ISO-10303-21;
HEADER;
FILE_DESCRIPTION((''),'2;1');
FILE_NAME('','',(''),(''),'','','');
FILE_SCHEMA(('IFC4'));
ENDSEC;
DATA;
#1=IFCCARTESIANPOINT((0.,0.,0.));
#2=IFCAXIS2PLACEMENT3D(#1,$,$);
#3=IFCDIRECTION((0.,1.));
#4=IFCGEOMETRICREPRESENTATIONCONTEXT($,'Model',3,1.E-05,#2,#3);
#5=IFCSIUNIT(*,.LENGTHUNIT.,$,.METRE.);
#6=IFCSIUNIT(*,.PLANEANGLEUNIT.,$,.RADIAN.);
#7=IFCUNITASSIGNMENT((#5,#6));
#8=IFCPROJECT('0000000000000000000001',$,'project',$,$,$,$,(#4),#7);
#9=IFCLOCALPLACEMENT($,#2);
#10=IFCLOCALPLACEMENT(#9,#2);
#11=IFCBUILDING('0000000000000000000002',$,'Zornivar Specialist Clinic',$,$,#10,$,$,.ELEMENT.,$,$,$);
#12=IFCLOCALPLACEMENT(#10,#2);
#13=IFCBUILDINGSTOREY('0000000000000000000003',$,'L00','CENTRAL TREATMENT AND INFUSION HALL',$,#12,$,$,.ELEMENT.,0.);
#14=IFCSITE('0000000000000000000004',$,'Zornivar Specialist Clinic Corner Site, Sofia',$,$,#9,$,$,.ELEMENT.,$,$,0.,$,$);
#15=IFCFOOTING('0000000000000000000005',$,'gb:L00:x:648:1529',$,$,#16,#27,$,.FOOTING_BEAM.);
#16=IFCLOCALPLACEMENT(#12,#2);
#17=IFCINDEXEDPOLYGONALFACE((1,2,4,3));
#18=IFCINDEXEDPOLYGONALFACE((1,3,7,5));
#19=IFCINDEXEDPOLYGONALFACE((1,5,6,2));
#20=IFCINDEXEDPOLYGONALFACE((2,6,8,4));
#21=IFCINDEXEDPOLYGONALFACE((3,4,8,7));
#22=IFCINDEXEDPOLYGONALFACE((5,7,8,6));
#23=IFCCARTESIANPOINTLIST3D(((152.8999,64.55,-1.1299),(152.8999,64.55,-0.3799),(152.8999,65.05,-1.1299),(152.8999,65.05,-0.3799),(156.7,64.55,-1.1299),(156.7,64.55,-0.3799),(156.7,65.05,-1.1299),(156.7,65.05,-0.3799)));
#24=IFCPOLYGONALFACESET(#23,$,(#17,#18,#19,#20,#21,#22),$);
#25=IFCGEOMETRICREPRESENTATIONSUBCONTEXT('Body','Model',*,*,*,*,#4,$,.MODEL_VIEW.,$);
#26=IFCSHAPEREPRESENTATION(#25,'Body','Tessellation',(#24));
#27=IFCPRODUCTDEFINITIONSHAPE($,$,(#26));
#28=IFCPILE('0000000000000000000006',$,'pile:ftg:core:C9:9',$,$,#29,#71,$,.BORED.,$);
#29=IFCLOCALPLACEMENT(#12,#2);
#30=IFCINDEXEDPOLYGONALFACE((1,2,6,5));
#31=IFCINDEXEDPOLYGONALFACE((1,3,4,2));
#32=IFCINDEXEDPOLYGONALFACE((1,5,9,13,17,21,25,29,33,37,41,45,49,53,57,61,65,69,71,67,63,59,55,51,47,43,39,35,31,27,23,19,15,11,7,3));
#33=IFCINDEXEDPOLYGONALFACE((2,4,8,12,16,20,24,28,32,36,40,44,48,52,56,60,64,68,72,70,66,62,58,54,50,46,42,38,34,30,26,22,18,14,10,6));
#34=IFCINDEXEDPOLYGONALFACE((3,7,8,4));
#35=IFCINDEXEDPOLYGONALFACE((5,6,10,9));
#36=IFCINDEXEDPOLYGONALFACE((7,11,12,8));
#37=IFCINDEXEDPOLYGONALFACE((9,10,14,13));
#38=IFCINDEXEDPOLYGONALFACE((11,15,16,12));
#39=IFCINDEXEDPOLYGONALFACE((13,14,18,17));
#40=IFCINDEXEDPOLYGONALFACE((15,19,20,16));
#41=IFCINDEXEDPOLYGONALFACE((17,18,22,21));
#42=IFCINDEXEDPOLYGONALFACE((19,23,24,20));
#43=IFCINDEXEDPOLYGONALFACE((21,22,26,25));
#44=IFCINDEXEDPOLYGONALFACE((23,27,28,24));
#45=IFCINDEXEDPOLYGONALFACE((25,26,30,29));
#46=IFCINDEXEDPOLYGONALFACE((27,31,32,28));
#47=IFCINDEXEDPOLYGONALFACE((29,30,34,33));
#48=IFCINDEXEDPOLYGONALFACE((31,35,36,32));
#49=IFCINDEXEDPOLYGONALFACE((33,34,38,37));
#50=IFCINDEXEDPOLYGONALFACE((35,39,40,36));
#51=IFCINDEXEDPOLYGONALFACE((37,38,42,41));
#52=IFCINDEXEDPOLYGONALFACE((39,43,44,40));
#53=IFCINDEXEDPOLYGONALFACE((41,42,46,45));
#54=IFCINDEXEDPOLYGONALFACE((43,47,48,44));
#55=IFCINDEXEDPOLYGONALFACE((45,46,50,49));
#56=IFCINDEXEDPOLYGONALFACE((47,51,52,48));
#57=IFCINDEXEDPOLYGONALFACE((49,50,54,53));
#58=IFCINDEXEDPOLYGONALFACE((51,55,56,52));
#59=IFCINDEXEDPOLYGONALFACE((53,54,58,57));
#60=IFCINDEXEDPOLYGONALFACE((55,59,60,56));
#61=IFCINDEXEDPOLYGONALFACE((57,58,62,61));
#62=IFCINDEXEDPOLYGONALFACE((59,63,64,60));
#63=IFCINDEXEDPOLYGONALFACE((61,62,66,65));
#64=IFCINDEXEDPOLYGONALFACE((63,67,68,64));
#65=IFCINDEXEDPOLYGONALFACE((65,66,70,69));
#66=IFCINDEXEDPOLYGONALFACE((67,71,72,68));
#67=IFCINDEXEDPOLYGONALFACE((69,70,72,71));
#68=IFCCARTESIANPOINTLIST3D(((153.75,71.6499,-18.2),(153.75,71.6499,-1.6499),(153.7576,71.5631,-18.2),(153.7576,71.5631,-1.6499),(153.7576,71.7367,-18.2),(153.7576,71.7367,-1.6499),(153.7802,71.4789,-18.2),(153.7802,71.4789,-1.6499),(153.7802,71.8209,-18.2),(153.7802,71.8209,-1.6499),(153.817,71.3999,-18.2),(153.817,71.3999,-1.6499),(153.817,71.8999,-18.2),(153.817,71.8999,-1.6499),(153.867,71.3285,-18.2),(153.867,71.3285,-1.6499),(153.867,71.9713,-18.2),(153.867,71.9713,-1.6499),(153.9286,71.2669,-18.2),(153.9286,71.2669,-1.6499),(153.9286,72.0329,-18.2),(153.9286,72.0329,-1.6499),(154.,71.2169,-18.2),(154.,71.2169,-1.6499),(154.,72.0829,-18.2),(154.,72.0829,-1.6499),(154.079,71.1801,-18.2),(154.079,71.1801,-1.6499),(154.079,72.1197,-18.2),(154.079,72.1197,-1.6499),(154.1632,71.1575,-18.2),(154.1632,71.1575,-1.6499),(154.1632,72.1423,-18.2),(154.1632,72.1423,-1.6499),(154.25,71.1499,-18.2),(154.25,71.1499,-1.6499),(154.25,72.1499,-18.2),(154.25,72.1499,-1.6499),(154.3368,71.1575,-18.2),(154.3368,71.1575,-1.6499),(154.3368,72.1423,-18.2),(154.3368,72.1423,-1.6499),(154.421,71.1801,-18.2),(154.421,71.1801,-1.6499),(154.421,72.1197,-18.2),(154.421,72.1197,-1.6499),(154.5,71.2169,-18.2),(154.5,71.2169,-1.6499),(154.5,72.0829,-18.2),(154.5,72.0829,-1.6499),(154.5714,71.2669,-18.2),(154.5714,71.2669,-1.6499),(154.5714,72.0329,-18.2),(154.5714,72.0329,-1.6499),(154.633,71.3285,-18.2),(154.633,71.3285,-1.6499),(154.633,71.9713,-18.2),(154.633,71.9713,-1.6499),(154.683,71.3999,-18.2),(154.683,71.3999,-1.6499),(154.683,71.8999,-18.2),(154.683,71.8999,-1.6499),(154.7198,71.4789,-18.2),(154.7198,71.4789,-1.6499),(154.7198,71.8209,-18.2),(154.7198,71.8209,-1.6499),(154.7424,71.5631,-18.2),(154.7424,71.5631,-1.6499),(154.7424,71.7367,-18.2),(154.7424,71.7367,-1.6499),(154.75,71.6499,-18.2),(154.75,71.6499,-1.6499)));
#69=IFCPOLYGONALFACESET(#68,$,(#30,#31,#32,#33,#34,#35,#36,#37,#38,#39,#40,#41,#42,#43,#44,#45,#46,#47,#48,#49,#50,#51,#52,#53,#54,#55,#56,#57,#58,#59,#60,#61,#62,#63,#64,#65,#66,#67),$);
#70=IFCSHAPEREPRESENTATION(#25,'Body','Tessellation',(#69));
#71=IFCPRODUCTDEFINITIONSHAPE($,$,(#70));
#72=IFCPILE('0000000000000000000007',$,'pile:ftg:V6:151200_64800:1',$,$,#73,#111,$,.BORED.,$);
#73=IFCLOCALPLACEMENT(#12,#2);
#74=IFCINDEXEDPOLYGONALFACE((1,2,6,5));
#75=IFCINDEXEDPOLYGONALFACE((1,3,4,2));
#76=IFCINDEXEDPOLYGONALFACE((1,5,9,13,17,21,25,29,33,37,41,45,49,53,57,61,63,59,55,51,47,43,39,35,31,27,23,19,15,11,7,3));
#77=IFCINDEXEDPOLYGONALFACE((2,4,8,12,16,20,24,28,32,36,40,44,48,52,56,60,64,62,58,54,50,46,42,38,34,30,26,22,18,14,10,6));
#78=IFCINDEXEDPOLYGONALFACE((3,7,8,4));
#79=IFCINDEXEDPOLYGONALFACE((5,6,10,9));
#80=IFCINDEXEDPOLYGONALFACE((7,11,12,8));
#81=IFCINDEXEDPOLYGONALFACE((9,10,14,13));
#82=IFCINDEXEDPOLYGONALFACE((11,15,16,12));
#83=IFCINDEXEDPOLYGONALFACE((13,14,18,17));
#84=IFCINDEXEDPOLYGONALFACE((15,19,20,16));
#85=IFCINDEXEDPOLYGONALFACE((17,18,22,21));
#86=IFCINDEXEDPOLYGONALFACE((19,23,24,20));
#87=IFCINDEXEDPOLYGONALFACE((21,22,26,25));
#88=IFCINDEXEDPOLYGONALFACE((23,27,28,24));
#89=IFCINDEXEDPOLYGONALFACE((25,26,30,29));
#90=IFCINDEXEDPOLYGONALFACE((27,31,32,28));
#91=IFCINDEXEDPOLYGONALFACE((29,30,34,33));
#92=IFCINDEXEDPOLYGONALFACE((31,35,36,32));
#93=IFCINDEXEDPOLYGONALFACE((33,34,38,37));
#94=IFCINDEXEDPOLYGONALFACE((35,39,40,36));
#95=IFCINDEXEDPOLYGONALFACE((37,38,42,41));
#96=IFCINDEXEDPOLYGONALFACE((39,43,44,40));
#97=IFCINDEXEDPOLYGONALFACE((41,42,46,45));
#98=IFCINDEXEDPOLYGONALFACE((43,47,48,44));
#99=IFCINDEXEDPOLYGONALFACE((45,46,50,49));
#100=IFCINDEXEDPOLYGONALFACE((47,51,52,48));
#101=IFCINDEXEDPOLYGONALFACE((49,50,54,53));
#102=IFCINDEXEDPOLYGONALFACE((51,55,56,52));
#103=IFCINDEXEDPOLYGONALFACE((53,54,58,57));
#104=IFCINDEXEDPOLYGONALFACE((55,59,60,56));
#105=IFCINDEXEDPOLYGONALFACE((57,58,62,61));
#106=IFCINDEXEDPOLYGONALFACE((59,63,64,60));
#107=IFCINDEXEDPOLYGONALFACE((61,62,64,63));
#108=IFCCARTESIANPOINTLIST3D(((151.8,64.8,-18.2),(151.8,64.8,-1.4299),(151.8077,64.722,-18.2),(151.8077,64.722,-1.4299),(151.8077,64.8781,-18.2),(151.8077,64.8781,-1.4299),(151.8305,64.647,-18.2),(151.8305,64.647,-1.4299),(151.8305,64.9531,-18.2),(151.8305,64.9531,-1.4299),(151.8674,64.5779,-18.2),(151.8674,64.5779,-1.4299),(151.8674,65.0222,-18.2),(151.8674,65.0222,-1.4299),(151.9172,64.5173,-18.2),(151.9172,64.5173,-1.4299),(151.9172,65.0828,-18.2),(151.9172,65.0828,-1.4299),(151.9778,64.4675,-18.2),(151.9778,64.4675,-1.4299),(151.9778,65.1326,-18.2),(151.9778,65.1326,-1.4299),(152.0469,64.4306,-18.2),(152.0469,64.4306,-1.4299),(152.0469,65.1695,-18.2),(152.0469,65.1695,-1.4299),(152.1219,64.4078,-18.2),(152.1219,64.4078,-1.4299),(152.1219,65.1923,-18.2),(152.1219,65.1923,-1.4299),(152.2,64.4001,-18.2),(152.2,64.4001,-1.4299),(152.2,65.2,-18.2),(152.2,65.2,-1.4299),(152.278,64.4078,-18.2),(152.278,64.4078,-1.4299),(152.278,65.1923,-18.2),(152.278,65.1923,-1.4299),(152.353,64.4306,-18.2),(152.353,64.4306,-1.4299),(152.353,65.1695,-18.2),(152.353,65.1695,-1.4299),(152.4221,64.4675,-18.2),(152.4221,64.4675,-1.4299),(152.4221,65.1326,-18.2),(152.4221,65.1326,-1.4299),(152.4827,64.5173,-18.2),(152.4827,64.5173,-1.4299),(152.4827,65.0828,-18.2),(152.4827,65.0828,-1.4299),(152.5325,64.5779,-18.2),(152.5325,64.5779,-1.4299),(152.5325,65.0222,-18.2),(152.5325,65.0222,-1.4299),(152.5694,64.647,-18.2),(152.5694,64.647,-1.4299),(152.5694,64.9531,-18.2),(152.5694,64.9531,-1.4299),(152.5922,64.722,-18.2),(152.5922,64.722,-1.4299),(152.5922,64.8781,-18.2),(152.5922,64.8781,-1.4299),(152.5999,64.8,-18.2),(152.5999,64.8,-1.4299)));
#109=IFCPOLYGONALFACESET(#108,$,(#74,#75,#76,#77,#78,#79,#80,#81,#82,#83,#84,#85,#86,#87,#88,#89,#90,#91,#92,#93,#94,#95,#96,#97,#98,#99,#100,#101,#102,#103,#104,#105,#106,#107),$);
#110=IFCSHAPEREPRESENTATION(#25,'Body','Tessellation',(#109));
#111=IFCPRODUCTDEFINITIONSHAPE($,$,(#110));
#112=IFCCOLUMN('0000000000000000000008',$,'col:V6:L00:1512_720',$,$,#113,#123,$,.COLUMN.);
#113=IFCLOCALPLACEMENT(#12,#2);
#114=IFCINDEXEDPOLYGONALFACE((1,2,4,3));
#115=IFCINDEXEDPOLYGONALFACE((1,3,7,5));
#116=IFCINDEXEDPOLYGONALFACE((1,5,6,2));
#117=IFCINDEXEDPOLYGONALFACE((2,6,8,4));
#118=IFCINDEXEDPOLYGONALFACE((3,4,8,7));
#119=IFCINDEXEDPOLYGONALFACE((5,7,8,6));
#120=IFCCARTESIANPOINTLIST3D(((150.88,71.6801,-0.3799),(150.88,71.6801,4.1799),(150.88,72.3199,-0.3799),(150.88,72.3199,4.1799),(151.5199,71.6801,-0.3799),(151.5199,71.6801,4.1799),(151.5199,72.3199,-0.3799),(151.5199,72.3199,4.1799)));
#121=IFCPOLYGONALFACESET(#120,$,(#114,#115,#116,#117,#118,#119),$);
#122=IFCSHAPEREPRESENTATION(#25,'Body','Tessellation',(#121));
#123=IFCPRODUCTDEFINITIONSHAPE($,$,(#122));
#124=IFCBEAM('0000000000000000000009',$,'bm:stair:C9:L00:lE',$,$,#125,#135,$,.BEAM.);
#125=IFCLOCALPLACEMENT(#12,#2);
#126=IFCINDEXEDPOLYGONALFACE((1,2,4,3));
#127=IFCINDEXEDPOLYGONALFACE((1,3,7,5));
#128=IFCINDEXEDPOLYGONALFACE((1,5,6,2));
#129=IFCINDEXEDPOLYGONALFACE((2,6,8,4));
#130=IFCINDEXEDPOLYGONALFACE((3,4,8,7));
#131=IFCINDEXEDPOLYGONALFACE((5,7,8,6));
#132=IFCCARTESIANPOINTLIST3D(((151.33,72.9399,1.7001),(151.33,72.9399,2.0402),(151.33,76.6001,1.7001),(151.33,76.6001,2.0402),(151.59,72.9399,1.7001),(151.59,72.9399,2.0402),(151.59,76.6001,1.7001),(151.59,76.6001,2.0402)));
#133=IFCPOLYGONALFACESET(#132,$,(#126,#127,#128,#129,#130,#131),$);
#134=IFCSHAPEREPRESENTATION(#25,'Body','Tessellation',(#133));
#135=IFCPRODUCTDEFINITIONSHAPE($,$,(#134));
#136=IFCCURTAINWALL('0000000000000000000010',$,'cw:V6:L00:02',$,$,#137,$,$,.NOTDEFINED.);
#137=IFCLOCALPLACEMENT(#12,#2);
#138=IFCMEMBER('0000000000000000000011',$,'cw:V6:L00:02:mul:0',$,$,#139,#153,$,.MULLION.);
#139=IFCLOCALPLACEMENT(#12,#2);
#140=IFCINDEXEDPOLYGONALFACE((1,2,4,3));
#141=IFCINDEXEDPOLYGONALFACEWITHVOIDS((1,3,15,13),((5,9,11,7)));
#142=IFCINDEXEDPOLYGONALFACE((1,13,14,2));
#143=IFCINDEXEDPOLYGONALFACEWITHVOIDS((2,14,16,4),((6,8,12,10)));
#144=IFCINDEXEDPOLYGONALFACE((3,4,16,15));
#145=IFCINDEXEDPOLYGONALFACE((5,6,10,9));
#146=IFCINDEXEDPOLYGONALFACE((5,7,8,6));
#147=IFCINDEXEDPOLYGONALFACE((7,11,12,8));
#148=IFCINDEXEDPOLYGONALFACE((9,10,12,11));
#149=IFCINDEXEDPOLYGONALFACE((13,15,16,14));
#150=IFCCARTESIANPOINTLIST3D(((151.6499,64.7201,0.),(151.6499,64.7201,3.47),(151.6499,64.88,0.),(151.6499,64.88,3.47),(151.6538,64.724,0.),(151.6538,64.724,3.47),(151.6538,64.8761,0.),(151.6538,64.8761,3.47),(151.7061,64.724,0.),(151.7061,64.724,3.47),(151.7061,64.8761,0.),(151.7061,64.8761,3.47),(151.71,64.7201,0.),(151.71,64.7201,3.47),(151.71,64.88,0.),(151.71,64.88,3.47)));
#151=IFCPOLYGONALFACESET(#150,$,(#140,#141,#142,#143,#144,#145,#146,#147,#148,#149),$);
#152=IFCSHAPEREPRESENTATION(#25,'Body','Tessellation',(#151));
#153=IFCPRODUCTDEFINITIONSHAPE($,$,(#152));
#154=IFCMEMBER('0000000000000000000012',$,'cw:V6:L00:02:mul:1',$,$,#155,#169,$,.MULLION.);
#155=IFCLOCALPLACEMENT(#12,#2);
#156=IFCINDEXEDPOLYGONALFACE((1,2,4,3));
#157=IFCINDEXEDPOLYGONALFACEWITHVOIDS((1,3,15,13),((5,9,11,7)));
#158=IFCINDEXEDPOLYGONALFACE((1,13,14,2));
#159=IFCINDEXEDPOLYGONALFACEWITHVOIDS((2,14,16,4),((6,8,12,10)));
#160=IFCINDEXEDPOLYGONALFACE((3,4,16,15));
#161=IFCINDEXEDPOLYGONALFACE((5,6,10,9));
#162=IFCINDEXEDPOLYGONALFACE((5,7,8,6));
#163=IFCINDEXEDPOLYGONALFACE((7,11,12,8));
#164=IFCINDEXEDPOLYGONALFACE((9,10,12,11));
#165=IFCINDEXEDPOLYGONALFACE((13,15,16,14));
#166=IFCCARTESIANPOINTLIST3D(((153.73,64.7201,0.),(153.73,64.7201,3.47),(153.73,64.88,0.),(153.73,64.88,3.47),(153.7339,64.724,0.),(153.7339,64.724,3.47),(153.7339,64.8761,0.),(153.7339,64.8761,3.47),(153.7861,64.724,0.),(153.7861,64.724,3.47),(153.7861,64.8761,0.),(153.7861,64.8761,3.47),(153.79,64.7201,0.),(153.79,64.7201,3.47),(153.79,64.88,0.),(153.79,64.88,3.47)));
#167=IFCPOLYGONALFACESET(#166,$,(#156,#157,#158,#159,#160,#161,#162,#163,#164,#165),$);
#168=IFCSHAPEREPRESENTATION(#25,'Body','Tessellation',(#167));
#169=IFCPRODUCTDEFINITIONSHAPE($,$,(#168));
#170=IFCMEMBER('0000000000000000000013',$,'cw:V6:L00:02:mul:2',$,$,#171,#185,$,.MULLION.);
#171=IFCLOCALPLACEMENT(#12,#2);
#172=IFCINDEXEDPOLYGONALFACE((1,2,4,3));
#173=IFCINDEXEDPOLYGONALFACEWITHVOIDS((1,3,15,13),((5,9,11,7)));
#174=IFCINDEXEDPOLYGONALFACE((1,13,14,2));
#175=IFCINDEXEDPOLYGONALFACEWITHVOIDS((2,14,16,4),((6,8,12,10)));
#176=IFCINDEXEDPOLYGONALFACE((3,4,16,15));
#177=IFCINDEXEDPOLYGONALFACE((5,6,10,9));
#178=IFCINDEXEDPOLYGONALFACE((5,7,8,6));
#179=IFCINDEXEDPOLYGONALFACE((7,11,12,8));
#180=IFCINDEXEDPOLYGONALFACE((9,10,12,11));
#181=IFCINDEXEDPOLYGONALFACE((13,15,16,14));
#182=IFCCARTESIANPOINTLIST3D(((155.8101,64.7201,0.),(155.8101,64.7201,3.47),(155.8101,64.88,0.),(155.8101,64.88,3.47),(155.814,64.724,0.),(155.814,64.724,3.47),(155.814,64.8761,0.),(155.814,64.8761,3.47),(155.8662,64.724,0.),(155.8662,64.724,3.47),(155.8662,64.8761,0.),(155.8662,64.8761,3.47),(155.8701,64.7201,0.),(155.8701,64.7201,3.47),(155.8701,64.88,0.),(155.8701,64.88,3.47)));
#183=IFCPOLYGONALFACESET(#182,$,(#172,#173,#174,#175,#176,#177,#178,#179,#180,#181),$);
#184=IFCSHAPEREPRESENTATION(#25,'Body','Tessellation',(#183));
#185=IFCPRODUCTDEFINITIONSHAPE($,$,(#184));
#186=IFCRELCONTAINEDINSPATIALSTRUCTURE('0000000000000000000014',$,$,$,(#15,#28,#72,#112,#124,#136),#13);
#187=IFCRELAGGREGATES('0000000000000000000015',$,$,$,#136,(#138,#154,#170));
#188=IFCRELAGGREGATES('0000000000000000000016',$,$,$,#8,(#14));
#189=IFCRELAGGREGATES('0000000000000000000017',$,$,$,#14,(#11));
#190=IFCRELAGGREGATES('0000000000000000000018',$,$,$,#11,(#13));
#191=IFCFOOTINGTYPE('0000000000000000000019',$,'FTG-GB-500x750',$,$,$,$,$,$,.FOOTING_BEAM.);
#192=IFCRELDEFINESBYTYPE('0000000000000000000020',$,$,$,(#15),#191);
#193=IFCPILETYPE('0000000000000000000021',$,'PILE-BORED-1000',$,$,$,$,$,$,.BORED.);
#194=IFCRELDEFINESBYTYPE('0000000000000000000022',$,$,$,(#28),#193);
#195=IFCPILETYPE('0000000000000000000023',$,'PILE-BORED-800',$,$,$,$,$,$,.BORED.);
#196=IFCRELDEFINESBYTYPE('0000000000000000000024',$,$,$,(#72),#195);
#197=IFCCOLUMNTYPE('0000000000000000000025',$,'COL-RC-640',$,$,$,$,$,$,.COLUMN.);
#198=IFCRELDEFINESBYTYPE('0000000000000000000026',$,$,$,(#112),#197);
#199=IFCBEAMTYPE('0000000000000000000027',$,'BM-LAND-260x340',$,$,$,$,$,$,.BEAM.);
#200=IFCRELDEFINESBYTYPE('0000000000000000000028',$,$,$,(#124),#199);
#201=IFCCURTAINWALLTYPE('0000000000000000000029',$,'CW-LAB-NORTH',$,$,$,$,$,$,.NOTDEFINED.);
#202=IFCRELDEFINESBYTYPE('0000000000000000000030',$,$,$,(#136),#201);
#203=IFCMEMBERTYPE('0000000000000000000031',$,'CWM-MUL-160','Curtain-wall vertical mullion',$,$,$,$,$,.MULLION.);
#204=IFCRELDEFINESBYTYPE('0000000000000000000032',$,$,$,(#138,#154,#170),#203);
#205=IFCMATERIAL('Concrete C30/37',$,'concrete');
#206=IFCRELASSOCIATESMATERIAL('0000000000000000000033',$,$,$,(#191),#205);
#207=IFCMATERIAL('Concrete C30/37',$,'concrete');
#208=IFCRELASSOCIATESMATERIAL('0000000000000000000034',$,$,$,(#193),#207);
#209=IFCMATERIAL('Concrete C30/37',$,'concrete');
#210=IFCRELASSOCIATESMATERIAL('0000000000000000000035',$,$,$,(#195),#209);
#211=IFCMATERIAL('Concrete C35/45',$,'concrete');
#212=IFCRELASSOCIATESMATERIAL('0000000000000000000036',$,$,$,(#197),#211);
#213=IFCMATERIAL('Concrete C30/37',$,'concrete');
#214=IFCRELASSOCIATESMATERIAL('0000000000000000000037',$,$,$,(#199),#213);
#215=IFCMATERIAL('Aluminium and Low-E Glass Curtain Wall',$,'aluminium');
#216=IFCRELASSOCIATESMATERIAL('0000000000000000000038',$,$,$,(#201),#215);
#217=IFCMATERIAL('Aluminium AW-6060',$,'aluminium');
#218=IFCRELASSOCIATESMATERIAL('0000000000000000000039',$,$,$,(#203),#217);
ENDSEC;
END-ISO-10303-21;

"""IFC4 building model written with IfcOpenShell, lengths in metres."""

from ifc_helpers import new_model, si_unit, direction, frame, origin, origin_2d, place, context, subcontext, project, spatial, rectangle, hollow_rectangle, circle, extrude, material, material_profile, profile_set, type_object, element, aggregate, save


model = new_model("IFC4")

# Units and contexts
model_context = context("Model", 3, precision=1e-05, world=origin(), true_north=direction((0.0, 1.0)))
body_context = subcontext(model_context, "Body", "Model", "MODEL_VIEW")
ifc_project = project(units=[si_unit("LENGTHUNIT", "METRE"), si_unit("PLANEANGLEUNIT", "RADIAN")], contexts=[model_context])

# Site, building, storey
site_placement = place(None, origin())
site = spatial("IfcSite", under=ifc_project, at=site_placement, Name="Zornivar Specialist Clinic Corner Site, Sofia", CompositionType="ELEMENT", RefElevation=0.0)
building_placement = place(site_placement, origin())
building = spatial("IfcBuilding", under=site, at=building_placement, Name="Zornivar Specialist Clinic", CompositionType="ELEMENT")
storey_placement = place(building_placement, origin())
storey = spatial("IfcBuildingStorey", under=building, at=storey_placement, Name="L00", Description="CENTRAL TREATMENT AND INFUSION HALL", CompositionType="ELEMENT", Elevation=0.0)

# Footing
ifc_material_1 = material(Name="Concrete C30/37", Category="concrete")
ifc_material_profile_1 = material_profile(ifc_material_1, rectangle(XDim=0.5, YDim=0.75, at=origin_2d()), Name="RC 500x750")
ifc_profile_set_1 = profile_set([ifc_material_profile_1], Name="Concrete C30/37")
footing_type = type_object("IfcFootingType", Name="FTG-GB-500x750", PredefinedType="FOOTING_BEAM", material=ifc_profile_set_1)
footing_placement = place(storey_placement, frame((152.8999, 64.8, -0.7549), z_axis=(1.0, 0.0, 0.0), x_axis=(0.0, 1.0, 0.0)))
element("IfcFooting", 1, at=footing_placement, inside=storey, type_object=footing_type, Name="gb:L00:x:648:1529", PredefinedType="FOOTING_BEAM", context=body_context, shape_type="SweptSolid", body=[
    extrude(rectangle(XDim=0.5, YDim=0.75, at=origin_2d()), origin(), (0.0, 0.0, 1.0), 3.8),
])

# Piles
ifc_material_2 = material(Name="Concrete C30/37", Category="concrete")
ifc_material_profile_2 = material_profile(ifc_material_2, circle(Radius=0.5, at=origin_2d()), Name="PILE D1000")
ifc_profile_set_2 = profile_set([ifc_material_profile_2], Name="Concrete C30/37")
pile_type_1 = type_object("IfcPileType", Name="PILE-BORED-1000", PredefinedType="BORED", material=ifc_profile_set_2)
pile_1_placement = place(storey_placement, frame((154.25, 71.6499, -1.6499), z_axis=(0.0, 0.0, -1.0), x_axis=(1.0, 0.0, 0.0)))
element("IfcPile", 2, at=pile_1_placement, inside=storey, type_object=pile_type_1, Name="pile:ftg:core:C9:9", PredefinedType="BORED", context=body_context, shape_type="SweptSolid", body=[
    extrude(circle(Radius=0.5, at=origin_2d()), origin(), (0.0, 0.0, 1.0), 16.55),
])
ifc_material_3 = material(Name="Concrete C30/37", Category="concrete")
ifc_material_profile_3 = material_profile(ifc_material_3, circle(Radius=0.3999, at=origin_2d()), Name="PILE D800")
ifc_profile_set_3 = profile_set([ifc_material_profile_3], Name="Concrete C30/37")
pile_type_2 = type_object("IfcPileType", Name="PILE-BORED-800", PredefinedType="BORED", material=ifc_profile_set_3)
pile_2_placement = place(storey_placement, frame((152.2, 64.8, -1.4299), z_axis=(0.0, 0.0, -1.0), x_axis=(1.0, 0.0, 0.0)))
element("IfcPile", 3, at=pile_2_placement, inside=storey, type_object=pile_type_2, Name="pile:ftg:V6:151200_64800:1", PredefinedType="BORED", context=body_context, shape_type="SweptSolid", body=[
    extrude(circle(Radius=0.3999, at=origin_2d()), origin(), (0.0, 0.0, 1.0), 16.77),
])

# Column
ifc_material_4 = material(Name="Concrete C35/45", Category="concrete")
ifc_material_profile_4 = material_profile(ifc_material_4, rectangle(XDim=0.6399, YDim=0.6399, at=origin_2d()), Name="RC 640x640")
ifc_profile_set_4 = profile_set([ifc_material_profile_4], Name="Concrete C35/45")
column_type = type_object("IfcColumnType", Name="COL-RC-640", PredefinedType="COLUMN", material=ifc_profile_set_4)
column_placement = place(storey_placement, frame((151.2, 72.0, -0.3799), z_axis=(0.0, 0.0, 1.0), x_axis=(1.0, 0.0, 0.0)))
element("IfcColumn", 4, at=column_placement, inside=storey, type_object=column_type, Name="col:V6:L00:1512_720", PredefinedType="COLUMN", context=body_context, shape_type="SweptSolid", body=[
    extrude(rectangle(XDim=0.6399, YDim=0.6399, at=origin_2d()), origin(), (0.0, 0.0, 1.0), 4.5598),
])

# Beam
ifc_material_5 = material(Name="Concrete C30/37", Category="concrete")
ifc_material_profile_5 = material_profile(ifc_material_5, rectangle(XDim=0.26, YDim=0.3401, at=origin_2d()), Name="RC 260x340")
ifc_profile_set_5 = profile_set([ifc_material_profile_5], Name="Concrete C30/37")
beam_type = type_object("IfcBeamType", Name="BM-LAND-260x340", PredefinedType="BEAM", material=ifc_profile_set_5)
beam_placement = place(storey_placement, frame((151.46, 72.9399, 1.8701), z_axis=(0.0, 1.0, 0.0), x_axis=(-1.0, 0.0, 0.0)))
element("IfcBeam", 5, at=beam_placement, inside=storey, type_object=beam_type, Name="bm:stair:C9:L00:lE", PredefinedType="BEAM", context=body_context, shape_type="SweptSolid", body=[
    extrude(rectangle(XDim=0.26, YDim=0.3401, at=origin_2d()), origin(), (0.0, 0.0, 1.0), 3.6602),
])

# Curtain wall, members
ifc_material_6 = material(Name="Aluminium and Low-E Glass Curtain Wall", Category="aluminium")
curtain_wall_type = type_object("IfcCurtainWallType", Name="CW-LAB-NORTH", PredefinedType="NOTDEFINED", material=ifc_material_6)
curtain_wall_placement = place(storey_placement, origin())
curtain_wall = element("IfcCurtainWall", 6, at=curtain_wall_placement, inside=storey, type_object=curtain_wall_type, Name="cw:V6:L00:02", PredefinedType="NOTDEFINED")
ifc_material_7 = material(Name="Aluminium AW-6060", Category="aluminium")
ifc_material_profile_6 = material_profile(ifc_material_7, hollow_rectangle(XDim=0.0601, YDim=0.1599, WallThickness=0.0039, at=origin_2d()), Name="ALU 60x160x4")
ifc_profile_set_6 = profile_set([ifc_material_profile_6], Name="Aluminium AW-6060")
member_type_1 = type_object("IfcMemberType", Name="CWM-MUL-160", Description="Curtain-wall vertical mullion", PredefinedType="MULLION", material=ifc_profile_set_6)
member_1_placement = place(storey_placement, frame((151.6799, 64.8, 0.0), z_axis=(0.0, 0.0, 1.0), x_axis=(1.0, 0.0, 0.0)))
member_1 = element("IfcMember", 7, at=member_1_placement, type_object=member_type_1, Name="cw:V6:L00:02:mul:0", PredefinedType="MULLION", context=body_context, shape_type="SweptSolid", body=[
    extrude(hollow_rectangle(XDim=0.0601, YDim=0.1599, WallThickness=0.0039, at=origin_2d()), origin(), (0.0, 0.0, 1.0), 3.47),
])
member_2_placement = place(storey_placement, frame((153.76, 64.8, 0.0), z_axis=(0.0, 0.0, 1.0), x_axis=(1.0, 0.0, 0.0)))
member_2 = element("IfcMember", 8, at=member_2_placement, type_object=member_type_1, Name="cw:V6:L00:02:mul:1", PredefinedType="MULLION", context=body_context, shape_type="SweptSolid", body=[
    extrude(hollow_rectangle(XDim=0.0601, YDim=0.1599, WallThickness=0.0039, at=origin_2d()), origin(), (0.0, 0.0, 1.0), 3.47),
])
member_3_placement = place(storey_placement, frame((155.8401, 64.8, 0.0), z_axis=(0.0, 0.0, 1.0), x_axis=(1.0, 0.0, 0.0)))
member_3 = element("IfcMember", 9, at=member_3_placement, type_object=member_type_1, Name="cw:V6:L00:02:mul:2", PredefinedType="MULLION", context=body_context, shape_type="SweptSolid", body=[
    extrude(hollow_rectangle(XDim=0.0601, YDim=0.1599, WallThickness=0.0039, at=origin_2d()), origin(), (0.0, 0.0, 1.0), 3.47),
])
aggregate(curtain_wall, [member_1, member_2, member_3])

save(model, "model.ifc")
